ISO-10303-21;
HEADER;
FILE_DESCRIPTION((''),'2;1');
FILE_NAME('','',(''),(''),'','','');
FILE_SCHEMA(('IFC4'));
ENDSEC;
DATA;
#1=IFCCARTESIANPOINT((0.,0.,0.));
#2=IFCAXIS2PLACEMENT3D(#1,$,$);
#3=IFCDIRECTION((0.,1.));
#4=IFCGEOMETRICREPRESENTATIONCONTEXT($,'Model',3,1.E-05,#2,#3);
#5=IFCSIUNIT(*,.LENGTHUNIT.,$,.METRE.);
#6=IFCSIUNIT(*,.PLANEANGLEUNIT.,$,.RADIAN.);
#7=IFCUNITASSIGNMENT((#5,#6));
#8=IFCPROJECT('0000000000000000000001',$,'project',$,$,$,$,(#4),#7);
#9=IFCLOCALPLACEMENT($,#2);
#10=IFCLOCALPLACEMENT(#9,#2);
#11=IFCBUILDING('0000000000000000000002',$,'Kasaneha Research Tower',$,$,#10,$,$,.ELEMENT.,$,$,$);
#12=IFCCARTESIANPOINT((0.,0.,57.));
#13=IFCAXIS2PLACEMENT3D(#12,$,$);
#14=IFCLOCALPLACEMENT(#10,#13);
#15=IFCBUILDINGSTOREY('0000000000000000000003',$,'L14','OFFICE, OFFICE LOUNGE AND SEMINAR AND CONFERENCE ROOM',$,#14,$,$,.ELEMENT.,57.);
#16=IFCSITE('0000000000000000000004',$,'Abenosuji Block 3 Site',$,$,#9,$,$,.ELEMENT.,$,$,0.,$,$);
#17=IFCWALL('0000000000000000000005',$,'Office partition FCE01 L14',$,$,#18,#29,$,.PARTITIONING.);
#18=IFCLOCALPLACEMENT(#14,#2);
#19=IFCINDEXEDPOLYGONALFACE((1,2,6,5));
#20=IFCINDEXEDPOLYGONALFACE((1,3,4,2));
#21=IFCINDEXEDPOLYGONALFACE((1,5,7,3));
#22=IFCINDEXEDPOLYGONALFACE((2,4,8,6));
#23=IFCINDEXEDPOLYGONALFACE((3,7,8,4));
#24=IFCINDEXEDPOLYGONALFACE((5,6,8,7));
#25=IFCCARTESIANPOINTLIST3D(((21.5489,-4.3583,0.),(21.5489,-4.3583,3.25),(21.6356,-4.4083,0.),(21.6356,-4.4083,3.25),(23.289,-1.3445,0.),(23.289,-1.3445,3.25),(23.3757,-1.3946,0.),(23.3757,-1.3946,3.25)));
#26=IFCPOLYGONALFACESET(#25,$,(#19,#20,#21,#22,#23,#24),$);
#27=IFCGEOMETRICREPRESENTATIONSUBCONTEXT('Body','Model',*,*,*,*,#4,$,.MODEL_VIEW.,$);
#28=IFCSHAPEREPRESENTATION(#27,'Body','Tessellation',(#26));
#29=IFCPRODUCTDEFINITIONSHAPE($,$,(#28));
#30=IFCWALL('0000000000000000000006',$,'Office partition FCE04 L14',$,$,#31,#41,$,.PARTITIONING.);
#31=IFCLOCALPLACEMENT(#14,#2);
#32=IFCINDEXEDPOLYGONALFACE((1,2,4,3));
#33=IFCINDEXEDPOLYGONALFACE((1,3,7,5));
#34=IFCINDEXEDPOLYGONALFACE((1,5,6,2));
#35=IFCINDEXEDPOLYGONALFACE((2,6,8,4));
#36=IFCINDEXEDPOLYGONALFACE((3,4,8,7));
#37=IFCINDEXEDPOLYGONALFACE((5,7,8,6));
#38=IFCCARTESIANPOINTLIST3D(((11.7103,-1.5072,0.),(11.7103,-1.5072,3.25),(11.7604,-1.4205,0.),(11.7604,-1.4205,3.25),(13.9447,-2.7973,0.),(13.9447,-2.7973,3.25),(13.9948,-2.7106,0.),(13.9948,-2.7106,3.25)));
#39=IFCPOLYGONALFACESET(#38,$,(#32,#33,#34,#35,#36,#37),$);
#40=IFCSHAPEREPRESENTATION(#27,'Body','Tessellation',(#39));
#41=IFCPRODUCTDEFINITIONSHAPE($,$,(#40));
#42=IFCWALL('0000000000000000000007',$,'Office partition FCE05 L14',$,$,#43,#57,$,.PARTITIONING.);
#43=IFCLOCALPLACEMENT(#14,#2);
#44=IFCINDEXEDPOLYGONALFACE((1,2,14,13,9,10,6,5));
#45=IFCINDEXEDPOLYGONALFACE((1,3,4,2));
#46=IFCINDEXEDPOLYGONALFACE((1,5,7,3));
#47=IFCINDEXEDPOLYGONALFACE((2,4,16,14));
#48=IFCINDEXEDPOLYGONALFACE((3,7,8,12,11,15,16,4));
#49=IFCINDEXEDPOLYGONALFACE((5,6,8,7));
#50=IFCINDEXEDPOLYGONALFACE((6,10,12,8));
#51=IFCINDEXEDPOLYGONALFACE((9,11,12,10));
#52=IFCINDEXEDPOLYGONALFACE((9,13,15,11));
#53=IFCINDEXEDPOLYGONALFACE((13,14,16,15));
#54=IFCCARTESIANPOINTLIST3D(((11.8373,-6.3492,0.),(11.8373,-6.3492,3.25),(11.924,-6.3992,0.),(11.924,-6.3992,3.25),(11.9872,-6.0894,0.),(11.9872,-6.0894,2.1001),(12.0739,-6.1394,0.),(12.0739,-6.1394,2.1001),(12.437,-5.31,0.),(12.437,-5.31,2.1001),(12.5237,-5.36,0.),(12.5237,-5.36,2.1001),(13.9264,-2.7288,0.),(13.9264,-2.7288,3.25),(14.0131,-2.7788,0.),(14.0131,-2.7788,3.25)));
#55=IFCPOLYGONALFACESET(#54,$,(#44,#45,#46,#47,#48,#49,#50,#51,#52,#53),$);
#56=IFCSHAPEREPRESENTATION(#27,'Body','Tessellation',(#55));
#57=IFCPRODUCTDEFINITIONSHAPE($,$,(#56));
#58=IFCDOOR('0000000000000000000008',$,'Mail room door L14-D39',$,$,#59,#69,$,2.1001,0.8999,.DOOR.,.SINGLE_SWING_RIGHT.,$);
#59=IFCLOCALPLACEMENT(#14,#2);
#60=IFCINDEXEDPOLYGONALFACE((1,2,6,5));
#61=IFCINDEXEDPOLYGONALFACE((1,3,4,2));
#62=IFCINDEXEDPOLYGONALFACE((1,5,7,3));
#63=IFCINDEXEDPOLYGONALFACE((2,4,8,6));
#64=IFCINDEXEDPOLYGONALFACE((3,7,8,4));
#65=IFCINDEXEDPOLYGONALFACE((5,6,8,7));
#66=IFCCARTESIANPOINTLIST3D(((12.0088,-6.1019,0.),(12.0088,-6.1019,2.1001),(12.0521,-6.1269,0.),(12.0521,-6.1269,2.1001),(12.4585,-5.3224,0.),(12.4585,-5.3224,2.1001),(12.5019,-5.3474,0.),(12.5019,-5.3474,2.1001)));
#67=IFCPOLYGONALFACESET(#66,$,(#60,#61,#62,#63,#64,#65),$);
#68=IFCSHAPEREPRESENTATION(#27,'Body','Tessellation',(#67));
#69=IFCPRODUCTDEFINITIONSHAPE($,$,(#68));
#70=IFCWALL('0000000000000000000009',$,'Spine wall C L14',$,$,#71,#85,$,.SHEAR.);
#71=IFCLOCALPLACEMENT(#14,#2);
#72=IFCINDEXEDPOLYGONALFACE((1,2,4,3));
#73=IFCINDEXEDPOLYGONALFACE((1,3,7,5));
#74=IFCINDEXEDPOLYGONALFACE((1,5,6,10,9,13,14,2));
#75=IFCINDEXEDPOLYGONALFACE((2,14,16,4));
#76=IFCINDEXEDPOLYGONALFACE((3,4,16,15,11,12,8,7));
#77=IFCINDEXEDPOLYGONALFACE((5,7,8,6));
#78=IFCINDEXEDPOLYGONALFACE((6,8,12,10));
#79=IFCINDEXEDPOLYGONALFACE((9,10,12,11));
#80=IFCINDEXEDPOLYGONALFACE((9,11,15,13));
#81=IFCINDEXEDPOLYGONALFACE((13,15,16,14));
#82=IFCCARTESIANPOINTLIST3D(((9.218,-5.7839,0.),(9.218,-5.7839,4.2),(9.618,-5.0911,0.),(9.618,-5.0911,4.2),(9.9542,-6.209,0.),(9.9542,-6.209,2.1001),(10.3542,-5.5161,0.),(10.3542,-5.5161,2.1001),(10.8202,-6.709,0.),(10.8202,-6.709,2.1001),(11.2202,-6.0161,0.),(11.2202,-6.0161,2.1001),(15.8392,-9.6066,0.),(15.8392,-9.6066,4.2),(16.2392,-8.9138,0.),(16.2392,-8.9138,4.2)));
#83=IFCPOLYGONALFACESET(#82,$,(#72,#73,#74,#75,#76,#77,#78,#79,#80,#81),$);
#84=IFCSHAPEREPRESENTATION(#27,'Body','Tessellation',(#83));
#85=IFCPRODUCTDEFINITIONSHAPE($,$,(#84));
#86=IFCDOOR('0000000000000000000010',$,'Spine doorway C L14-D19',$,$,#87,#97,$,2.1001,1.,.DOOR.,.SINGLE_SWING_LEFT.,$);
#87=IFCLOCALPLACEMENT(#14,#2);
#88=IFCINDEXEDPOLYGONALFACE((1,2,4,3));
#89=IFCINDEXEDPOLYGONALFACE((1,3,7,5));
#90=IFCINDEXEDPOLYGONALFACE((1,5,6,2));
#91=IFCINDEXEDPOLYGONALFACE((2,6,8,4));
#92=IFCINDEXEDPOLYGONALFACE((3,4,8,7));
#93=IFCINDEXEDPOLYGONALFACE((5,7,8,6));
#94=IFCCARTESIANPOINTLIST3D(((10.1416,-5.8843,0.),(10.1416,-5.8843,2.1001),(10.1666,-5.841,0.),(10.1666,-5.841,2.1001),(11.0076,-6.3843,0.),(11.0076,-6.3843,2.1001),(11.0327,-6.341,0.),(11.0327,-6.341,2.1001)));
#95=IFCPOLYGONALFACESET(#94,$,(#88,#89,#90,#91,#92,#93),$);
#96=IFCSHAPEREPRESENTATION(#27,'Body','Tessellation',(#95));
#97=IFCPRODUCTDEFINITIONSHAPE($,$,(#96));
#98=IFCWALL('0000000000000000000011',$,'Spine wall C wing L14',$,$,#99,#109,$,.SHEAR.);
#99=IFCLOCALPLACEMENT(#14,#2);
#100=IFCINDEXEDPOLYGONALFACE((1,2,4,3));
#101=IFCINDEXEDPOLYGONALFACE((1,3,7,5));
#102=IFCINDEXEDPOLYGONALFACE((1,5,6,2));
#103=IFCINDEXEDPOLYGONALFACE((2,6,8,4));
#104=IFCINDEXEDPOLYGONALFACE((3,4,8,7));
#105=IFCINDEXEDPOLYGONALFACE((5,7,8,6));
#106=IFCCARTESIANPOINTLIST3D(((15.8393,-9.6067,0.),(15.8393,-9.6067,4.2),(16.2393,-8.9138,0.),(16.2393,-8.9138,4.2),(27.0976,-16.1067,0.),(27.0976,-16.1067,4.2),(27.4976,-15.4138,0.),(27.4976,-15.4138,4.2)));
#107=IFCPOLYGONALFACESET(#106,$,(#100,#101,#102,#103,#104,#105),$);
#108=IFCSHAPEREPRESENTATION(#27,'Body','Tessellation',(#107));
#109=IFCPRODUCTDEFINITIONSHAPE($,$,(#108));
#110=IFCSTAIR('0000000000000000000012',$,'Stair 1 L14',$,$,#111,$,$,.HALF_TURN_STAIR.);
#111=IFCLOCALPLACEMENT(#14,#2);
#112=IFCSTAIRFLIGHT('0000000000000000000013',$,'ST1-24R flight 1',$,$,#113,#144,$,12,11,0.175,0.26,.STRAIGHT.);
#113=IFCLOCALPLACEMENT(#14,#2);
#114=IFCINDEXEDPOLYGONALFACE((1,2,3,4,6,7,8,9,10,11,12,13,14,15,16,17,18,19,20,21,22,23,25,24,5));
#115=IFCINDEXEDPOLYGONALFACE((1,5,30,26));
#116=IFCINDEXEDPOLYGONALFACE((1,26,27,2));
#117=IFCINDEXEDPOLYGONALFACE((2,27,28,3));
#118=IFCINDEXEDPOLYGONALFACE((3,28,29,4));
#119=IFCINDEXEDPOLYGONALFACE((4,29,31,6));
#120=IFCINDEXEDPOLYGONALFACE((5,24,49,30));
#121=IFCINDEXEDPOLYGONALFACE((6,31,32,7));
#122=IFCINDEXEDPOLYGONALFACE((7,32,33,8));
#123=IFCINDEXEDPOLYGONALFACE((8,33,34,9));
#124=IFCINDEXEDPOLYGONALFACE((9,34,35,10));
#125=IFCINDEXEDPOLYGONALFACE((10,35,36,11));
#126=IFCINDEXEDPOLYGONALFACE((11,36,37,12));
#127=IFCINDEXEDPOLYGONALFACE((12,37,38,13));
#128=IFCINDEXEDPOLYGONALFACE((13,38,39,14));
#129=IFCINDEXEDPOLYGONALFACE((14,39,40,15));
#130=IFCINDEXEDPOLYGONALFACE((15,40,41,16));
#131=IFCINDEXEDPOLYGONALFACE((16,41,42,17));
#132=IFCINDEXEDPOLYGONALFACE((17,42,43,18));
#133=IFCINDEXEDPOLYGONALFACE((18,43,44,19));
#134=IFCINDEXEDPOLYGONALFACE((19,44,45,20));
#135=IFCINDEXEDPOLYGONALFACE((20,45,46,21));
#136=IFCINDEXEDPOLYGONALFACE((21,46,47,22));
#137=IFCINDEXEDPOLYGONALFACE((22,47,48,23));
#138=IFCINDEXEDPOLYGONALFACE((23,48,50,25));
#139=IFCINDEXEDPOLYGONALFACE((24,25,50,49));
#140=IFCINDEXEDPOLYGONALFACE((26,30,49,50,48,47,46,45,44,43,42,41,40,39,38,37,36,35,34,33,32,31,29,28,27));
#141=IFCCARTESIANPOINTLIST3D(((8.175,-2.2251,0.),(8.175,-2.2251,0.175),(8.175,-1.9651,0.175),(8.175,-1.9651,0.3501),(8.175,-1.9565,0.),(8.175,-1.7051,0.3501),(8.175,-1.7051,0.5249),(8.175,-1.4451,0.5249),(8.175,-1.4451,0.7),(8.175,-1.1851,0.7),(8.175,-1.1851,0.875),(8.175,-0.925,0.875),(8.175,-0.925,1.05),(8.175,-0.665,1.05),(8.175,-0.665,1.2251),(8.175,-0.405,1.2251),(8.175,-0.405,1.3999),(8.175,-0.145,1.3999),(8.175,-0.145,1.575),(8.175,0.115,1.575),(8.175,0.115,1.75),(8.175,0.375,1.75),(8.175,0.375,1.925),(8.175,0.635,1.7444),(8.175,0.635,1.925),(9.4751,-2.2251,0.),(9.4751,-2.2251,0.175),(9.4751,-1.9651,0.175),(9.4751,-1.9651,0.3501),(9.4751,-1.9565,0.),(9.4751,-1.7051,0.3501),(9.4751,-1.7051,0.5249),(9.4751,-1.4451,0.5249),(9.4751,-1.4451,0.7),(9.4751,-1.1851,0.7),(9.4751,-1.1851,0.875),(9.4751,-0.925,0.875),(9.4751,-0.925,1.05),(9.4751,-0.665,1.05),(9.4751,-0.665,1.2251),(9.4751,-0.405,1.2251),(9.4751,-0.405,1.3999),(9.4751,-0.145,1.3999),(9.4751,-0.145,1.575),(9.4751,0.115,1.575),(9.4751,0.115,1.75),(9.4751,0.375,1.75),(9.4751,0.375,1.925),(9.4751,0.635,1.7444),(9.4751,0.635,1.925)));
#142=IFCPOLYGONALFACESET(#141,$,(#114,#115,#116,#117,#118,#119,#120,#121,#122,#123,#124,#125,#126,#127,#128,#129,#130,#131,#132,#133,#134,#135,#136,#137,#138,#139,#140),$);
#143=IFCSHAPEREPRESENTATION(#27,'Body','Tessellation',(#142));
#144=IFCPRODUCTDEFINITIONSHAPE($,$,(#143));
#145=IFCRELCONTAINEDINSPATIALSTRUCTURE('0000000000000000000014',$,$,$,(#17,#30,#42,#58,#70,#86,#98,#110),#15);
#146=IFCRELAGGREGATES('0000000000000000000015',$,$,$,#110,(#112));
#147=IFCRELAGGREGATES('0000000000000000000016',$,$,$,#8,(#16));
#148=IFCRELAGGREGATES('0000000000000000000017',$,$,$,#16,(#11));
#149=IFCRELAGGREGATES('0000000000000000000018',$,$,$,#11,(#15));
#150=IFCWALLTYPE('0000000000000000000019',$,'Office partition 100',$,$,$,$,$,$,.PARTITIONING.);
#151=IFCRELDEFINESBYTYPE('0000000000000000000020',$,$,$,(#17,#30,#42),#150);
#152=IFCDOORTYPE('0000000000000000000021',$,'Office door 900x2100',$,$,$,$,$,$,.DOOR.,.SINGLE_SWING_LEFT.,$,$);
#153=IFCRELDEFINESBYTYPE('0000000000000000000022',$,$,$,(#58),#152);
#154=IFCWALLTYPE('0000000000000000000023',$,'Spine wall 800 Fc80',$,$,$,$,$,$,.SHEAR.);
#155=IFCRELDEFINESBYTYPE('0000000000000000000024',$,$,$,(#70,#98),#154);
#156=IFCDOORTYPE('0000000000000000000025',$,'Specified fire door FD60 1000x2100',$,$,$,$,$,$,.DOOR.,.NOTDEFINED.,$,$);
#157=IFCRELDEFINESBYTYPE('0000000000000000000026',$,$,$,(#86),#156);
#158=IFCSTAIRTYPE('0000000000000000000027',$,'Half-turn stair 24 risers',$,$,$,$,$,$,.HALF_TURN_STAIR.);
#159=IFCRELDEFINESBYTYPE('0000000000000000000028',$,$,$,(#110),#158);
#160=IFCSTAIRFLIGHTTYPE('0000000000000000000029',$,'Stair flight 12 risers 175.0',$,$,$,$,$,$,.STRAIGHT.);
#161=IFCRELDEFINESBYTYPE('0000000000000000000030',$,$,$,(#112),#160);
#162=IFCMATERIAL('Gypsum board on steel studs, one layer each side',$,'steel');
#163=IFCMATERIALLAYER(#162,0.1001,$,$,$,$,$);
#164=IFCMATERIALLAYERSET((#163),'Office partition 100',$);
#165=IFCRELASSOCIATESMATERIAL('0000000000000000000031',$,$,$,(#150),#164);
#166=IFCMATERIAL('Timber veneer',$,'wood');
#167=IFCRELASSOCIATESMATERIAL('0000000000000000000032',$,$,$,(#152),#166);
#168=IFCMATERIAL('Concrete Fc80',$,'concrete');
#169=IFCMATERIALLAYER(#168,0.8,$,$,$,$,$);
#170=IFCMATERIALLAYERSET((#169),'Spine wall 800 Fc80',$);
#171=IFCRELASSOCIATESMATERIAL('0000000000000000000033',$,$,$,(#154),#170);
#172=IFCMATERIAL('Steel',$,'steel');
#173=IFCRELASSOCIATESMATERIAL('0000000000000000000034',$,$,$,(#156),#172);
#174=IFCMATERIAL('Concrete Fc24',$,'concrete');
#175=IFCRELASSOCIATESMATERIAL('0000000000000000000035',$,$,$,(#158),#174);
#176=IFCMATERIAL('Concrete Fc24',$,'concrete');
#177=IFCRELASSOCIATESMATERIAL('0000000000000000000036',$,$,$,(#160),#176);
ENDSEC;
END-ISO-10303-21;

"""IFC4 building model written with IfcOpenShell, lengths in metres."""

from ifc_helpers import new_model, si_unit, direction, frame, frame_2d, origin, place, context, subcontext, project, spatial, polyline, rectangle, outline, extrude, material, layer, layer_set, type_object, element, fill, aggregate, save


model = new_model("IFC4")

# Units and contexts
model_context = context("Model", 3, precision=1e-05, world=origin(), true_north=direction((0.0, 1.0)))
body_context = subcontext(model_context, "Body", "Model", "MODEL_VIEW")
ifc_project = project(units=[si_unit("LENGTHUNIT", "METRE"), si_unit("PLANEANGLEUNIT", "RADIAN")], contexts=[model_context])

# Site, building, storey
site_placement = place(None, origin())
site = spatial("IfcSite", under=ifc_project, at=site_placement, Name="Abenosuji Block 3 Site", CompositionType="ELEMENT", RefElevation=0.0)
building_placement = place(site_placement, origin())
building = spatial("IfcBuilding", under=site, at=building_placement, Name="Kasaneha Research Tower", CompositionType="ELEMENT")
storey_placement = place(building_placement, frame((0.0, 0.0, 57.0)))
storey = spatial("IfcBuildingStorey", under=building, at=storey_placement, Name="L14", Description="OFFICE, OFFICE LOUNGE AND SEMINAR AND CONFERENCE ROOM", CompositionType="ELEMENT", Elevation=57.0)

# Walls
ifc_material_1 = material(Name="Gypsum board on steel studs, one layer each side", Category="steel")
ifc_layer_1 = layer(ifc_material_1, 0.1001)
ifc_layer_set_1 = layer_set([ifc_layer_1], Name="Office partition 100")
wall_type_1 = type_object("IfcWallType", Name="Office partition 100", PredefinedType="PARTITIONING", material=ifc_layer_set_1)
wall_1_placement = place(storey_placement, frame((21.5923, -4.3833, 0.0), z_axis=(0.0, 0.0, 1.0), x_axis=(0.50001, 0.86602, 0.0)))
element("IfcWall", 1, at=wall_1_placement, inside=storey, type_object=wall_type_1, Name="Office partition FCE01 L14", PredefinedType="PARTITIONING", context=body_context, shape_type="SweptSolid", body=[
    extrude(rectangle(XDim=3.48, YDim=0.1001, at=frame_2d((1.74, 0.0))), origin(), (0.0, 0.0, 1.0), 3.25),
])
wall_2_placement = place(storey_placement, frame((11.7354, -1.4639, 0.0), z_axis=(0.0, 0.0, 1.0), x_axis=(0.866022, -0.500006, 0.0)))
element("IfcWall", 2, at=wall_2_placement, inside=storey, type_object=wall_type_1, Name="Office partition FCE04 L14", PredefinedType="PARTITIONING", context=body_context, shape_type="SweptSolid", body=[
    extrude(rectangle(XDim=2.5801, YDim=0.1001, at=frame_2d((1.29, 0.0))), origin(), (0.0, 0.0, 1.0), 3.25),
])

# Walls, openings, doors
wall_3_placement = place(storey_placement, frame((13.9697, -2.7539, 0.0), z_axis=(0.0, 0.0, 1.0), x_axis=(-0.499802, -0.86614, 0.0)))
wall_3 = element("IfcWall", 3, at=wall_3_placement, inside=storey, type_object=wall_type_1, Name="Office partition FCE05 L14", PredefinedType="PARTITIONING", context=body_context, shape_type="SweptSolid", body=[
    extrude(rectangle(XDim=4.1799, YDim=0.1001, at=frame_2d((2.0898, 0.0))), origin(), (0.0, 0.0, 1.0), 3.25),
])
opening_1_placement = place(wall_3_placement, frame((2.98, 0.0, 0.0)))
opening_1 = element("IfcOpeningElement", 4, at=opening_1_placement, cuts=wall_3, PredefinedType="OPENING", context=body_context, shape_type="SweptSolid", body=[
    extrude(rectangle(XDim=0.8999, YDim=2.1001, at=frame_2d((0.45, 1.05))), frame((0.0, 0.0601, 0.0), z_axis=(0.0, -1.0, 0.0), x_axis=(1.0, 0.0, 0.0)), (0.0, 0.0, 1.0), 0.1201),
])
ifc_material_2 = material(Name="Timber veneer", Category="wood")
door_type_1 = type_object("IfcDoorType", Name="Office door 900x2100", OperationType="SINGLE_SWING_LEFT", PredefinedType="DOOR", material=ifc_material_2)
door_1_placement = place(opening_1_placement, origin())
door_1 = element("IfcDoor", 5, at=door_1_placement, inside=storey, type_object=door_type_1, Name="Mail room door L14-D39", OperationType="SINGLE_SWING_RIGHT", OverallHeight=2.1001, OverallWidth=0.8999, PredefinedType="DOOR", context=body_context, shape_type="SweptSolid", body=[
    extrude(rectangle(XDim=0.8999, YDim=2.1001, at=frame_2d((0.45, 1.05))), frame((0.0, 0.0249, 0.0), z_axis=(0.0, -1.0, 0.0), x_axis=(1.0, 0.0, 0.0)), (0.0, 0.0, 1.0), 0.05),
])
fill(opening_1, door_1)
ifc_material_3 = material(Name="Concrete Fc80", Category="concrete")
ifc_layer_2 = layer(ifc_material_3, 0.8)
ifc_layer_set_2 = layer_set([ifc_layer_2], Name="Spine wall 800 Fc80")
wall_type_2 = type_object("IfcWallType", Name="Spine wall 800 Fc80", PredefinedType="SHEAR", material=ifc_layer_set_2)
wall_4_placement = place(storey_placement, frame((9.418, -5.4375, 0.0), z_axis=(0.0, 0.0, 1.0), x_axis=(0.86603, -0.499992, 0.0)))
wall_4 = element("IfcWall", 6, at=wall_4_placement, inside=storey, type_object=wall_type_2, Name="Spine wall C L14", PredefinedType="SHEAR", context=body_context, shape_type="SweptSolid", body=[
    extrude(rectangle(XDim=7.6455, YDim=0.8, at=frame_2d((3.8228, 0.0))), origin(), (0.0, 0.0, 1.0), 4.2),
])
opening_2_placement = place(wall_4_placement, frame((0.8501, 0.0, 0.0)))
opening_2 = element("IfcOpeningElement", 7, at=opening_2_placement, cuts=wall_4, PredefinedType="OPENING", context=body_context, shape_type="SweptSolid", body=[
    extrude(rectangle(XDim=1.0, YDim=2.1001, at=frame_2d((0.5, 1.05))), frame((0.0, 0.4102, 0.0), z_axis=(0.0, -1.0, 0.0), x_axis=(1.0, 0.0, 0.0)), (0.0, 0.0, 1.0), 0.8201),
])
ifc_material_4 = material(Name="Steel", Category="steel")
door_type_2 = type_object("IfcDoorType", Name="Specified fire door FD60 1000x2100", OperationType="NOTDEFINED", PredefinedType="DOOR", material=ifc_material_4)
door_2_placement = place(opening_2_placement, origin())
door_2 = element("IfcDoor", 8, at=door_2_placement, inside=storey, type_object=door_type_2, Name="Spine doorway C L14-D19", OperationType="SINGLE_SWING_LEFT", OverallHeight=2.1001, OverallWidth=1.0, PredefinedType="DOOR", context=body_context, shape_type="SweptSolid", body=[
    extrude(rectangle(XDim=1.0, YDim=2.1001, at=frame_2d((0.5, 1.05))), frame((0.0, 0.0249, 0.0), z_axis=(0.0, -1.0, 0.0), x_axis=(1.0, 0.0, 0.0)), (0.0, 0.0, 1.0), 0.05),
])
fill(opening_2, door_2)

# Wall
wall_5_placement = place(storey_placement, frame((16.0393, -9.2603, 0.0), z_axis=(0.0, 0.0, 1.0), x_axis=(0.866025, -0.500001, 0.0)))
element("IfcWall", 9, at=wall_5_placement, inside=storey, type_object=wall_type_2, Name="Spine wall C wing L14", PredefinedType="SHEAR", context=body_context, shape_type="SweptSolid", body=[
    extrude(rectangle(XDim=13.0, YDim=0.8, at=frame_2d((6.5, 0.0))), origin(), (0.0, 0.0, 1.0), 4.2),
])

# Stair, stair flight
ifc_material_5 = material(Name="Concrete Fc24", Category="concrete")
stair_type = type_object("IfcStairType", Name="Half-turn stair 24 risers", PredefinedType="HALF_TURN_STAIR", material=ifc_material_5)
stair_placement = place(storey_placement, origin())
stair = element("IfcStair", 10, at=stair_placement, inside=storey, type_object=stair_type, Name="Stair 1 L14", PredefinedType="HALF_TURN_STAIR")
ifc_material_6 = material(Name="Concrete Fc24", Category="concrete")
stair_flight_type = type_object("IfcStairFlightType", Name="Stair flight 12 risers 175.0", PredefinedType="STRAIGHT", material=ifc_material_6)
stair_flight_placement = place(storey_placement, frame((8.825, -2.2251, 0.0), z_axis=(0.0, 0.0, 1.0), x_axis=(0.0, 1.0, 0.0)))
stair_flight = element("IfcStairFlight", 11, at=stair_flight_placement, type_object=stair_flight_type, Name="ST1-24R flight 1", NumberOfRisers=12, NumberOfTreads=11, PredefinedType="STRAIGHT", RiserHeight=0.175, TreadLength=0.26, context=body_context, shape_type="SweptSolid", body=[
    extrude(outline(polyline([(0.0, 0.0), (0.0, 0.175), (0.26, 0.175), (0.26, 0.3501), (0.52, 0.3501), (0.52, 0.5249), (0.78, 0.5249), (0.78, 0.7), (1.04, 0.7), (1.04, 0.875), (1.3, 0.875), (1.3, 1.05), (1.5601, 1.05), (1.5601, 1.2251), (1.8201, 1.2251), (1.8201, 1.3999), (2.0801, 1.3999), (2.0801, 1.575), (2.3401, 1.575), (2.3401, 1.75), (2.6001, 1.75), (2.6001, 1.925), (2.8601, 1.925), (2.8601, 2.1001), (2.8601, 1.7444), (0.2686, 0.0), (0.0, 0.0)])), frame((0.0, 0.6499, 0.0), z_axis=(0.0, -1.0, 0.0), x_axis=(1.0, 0.0, 0.0)), (0.0, 0.0, 1.0), 1.3),
])
aggregate(stair, [stair_flight])

save(model, "model.ifc")
